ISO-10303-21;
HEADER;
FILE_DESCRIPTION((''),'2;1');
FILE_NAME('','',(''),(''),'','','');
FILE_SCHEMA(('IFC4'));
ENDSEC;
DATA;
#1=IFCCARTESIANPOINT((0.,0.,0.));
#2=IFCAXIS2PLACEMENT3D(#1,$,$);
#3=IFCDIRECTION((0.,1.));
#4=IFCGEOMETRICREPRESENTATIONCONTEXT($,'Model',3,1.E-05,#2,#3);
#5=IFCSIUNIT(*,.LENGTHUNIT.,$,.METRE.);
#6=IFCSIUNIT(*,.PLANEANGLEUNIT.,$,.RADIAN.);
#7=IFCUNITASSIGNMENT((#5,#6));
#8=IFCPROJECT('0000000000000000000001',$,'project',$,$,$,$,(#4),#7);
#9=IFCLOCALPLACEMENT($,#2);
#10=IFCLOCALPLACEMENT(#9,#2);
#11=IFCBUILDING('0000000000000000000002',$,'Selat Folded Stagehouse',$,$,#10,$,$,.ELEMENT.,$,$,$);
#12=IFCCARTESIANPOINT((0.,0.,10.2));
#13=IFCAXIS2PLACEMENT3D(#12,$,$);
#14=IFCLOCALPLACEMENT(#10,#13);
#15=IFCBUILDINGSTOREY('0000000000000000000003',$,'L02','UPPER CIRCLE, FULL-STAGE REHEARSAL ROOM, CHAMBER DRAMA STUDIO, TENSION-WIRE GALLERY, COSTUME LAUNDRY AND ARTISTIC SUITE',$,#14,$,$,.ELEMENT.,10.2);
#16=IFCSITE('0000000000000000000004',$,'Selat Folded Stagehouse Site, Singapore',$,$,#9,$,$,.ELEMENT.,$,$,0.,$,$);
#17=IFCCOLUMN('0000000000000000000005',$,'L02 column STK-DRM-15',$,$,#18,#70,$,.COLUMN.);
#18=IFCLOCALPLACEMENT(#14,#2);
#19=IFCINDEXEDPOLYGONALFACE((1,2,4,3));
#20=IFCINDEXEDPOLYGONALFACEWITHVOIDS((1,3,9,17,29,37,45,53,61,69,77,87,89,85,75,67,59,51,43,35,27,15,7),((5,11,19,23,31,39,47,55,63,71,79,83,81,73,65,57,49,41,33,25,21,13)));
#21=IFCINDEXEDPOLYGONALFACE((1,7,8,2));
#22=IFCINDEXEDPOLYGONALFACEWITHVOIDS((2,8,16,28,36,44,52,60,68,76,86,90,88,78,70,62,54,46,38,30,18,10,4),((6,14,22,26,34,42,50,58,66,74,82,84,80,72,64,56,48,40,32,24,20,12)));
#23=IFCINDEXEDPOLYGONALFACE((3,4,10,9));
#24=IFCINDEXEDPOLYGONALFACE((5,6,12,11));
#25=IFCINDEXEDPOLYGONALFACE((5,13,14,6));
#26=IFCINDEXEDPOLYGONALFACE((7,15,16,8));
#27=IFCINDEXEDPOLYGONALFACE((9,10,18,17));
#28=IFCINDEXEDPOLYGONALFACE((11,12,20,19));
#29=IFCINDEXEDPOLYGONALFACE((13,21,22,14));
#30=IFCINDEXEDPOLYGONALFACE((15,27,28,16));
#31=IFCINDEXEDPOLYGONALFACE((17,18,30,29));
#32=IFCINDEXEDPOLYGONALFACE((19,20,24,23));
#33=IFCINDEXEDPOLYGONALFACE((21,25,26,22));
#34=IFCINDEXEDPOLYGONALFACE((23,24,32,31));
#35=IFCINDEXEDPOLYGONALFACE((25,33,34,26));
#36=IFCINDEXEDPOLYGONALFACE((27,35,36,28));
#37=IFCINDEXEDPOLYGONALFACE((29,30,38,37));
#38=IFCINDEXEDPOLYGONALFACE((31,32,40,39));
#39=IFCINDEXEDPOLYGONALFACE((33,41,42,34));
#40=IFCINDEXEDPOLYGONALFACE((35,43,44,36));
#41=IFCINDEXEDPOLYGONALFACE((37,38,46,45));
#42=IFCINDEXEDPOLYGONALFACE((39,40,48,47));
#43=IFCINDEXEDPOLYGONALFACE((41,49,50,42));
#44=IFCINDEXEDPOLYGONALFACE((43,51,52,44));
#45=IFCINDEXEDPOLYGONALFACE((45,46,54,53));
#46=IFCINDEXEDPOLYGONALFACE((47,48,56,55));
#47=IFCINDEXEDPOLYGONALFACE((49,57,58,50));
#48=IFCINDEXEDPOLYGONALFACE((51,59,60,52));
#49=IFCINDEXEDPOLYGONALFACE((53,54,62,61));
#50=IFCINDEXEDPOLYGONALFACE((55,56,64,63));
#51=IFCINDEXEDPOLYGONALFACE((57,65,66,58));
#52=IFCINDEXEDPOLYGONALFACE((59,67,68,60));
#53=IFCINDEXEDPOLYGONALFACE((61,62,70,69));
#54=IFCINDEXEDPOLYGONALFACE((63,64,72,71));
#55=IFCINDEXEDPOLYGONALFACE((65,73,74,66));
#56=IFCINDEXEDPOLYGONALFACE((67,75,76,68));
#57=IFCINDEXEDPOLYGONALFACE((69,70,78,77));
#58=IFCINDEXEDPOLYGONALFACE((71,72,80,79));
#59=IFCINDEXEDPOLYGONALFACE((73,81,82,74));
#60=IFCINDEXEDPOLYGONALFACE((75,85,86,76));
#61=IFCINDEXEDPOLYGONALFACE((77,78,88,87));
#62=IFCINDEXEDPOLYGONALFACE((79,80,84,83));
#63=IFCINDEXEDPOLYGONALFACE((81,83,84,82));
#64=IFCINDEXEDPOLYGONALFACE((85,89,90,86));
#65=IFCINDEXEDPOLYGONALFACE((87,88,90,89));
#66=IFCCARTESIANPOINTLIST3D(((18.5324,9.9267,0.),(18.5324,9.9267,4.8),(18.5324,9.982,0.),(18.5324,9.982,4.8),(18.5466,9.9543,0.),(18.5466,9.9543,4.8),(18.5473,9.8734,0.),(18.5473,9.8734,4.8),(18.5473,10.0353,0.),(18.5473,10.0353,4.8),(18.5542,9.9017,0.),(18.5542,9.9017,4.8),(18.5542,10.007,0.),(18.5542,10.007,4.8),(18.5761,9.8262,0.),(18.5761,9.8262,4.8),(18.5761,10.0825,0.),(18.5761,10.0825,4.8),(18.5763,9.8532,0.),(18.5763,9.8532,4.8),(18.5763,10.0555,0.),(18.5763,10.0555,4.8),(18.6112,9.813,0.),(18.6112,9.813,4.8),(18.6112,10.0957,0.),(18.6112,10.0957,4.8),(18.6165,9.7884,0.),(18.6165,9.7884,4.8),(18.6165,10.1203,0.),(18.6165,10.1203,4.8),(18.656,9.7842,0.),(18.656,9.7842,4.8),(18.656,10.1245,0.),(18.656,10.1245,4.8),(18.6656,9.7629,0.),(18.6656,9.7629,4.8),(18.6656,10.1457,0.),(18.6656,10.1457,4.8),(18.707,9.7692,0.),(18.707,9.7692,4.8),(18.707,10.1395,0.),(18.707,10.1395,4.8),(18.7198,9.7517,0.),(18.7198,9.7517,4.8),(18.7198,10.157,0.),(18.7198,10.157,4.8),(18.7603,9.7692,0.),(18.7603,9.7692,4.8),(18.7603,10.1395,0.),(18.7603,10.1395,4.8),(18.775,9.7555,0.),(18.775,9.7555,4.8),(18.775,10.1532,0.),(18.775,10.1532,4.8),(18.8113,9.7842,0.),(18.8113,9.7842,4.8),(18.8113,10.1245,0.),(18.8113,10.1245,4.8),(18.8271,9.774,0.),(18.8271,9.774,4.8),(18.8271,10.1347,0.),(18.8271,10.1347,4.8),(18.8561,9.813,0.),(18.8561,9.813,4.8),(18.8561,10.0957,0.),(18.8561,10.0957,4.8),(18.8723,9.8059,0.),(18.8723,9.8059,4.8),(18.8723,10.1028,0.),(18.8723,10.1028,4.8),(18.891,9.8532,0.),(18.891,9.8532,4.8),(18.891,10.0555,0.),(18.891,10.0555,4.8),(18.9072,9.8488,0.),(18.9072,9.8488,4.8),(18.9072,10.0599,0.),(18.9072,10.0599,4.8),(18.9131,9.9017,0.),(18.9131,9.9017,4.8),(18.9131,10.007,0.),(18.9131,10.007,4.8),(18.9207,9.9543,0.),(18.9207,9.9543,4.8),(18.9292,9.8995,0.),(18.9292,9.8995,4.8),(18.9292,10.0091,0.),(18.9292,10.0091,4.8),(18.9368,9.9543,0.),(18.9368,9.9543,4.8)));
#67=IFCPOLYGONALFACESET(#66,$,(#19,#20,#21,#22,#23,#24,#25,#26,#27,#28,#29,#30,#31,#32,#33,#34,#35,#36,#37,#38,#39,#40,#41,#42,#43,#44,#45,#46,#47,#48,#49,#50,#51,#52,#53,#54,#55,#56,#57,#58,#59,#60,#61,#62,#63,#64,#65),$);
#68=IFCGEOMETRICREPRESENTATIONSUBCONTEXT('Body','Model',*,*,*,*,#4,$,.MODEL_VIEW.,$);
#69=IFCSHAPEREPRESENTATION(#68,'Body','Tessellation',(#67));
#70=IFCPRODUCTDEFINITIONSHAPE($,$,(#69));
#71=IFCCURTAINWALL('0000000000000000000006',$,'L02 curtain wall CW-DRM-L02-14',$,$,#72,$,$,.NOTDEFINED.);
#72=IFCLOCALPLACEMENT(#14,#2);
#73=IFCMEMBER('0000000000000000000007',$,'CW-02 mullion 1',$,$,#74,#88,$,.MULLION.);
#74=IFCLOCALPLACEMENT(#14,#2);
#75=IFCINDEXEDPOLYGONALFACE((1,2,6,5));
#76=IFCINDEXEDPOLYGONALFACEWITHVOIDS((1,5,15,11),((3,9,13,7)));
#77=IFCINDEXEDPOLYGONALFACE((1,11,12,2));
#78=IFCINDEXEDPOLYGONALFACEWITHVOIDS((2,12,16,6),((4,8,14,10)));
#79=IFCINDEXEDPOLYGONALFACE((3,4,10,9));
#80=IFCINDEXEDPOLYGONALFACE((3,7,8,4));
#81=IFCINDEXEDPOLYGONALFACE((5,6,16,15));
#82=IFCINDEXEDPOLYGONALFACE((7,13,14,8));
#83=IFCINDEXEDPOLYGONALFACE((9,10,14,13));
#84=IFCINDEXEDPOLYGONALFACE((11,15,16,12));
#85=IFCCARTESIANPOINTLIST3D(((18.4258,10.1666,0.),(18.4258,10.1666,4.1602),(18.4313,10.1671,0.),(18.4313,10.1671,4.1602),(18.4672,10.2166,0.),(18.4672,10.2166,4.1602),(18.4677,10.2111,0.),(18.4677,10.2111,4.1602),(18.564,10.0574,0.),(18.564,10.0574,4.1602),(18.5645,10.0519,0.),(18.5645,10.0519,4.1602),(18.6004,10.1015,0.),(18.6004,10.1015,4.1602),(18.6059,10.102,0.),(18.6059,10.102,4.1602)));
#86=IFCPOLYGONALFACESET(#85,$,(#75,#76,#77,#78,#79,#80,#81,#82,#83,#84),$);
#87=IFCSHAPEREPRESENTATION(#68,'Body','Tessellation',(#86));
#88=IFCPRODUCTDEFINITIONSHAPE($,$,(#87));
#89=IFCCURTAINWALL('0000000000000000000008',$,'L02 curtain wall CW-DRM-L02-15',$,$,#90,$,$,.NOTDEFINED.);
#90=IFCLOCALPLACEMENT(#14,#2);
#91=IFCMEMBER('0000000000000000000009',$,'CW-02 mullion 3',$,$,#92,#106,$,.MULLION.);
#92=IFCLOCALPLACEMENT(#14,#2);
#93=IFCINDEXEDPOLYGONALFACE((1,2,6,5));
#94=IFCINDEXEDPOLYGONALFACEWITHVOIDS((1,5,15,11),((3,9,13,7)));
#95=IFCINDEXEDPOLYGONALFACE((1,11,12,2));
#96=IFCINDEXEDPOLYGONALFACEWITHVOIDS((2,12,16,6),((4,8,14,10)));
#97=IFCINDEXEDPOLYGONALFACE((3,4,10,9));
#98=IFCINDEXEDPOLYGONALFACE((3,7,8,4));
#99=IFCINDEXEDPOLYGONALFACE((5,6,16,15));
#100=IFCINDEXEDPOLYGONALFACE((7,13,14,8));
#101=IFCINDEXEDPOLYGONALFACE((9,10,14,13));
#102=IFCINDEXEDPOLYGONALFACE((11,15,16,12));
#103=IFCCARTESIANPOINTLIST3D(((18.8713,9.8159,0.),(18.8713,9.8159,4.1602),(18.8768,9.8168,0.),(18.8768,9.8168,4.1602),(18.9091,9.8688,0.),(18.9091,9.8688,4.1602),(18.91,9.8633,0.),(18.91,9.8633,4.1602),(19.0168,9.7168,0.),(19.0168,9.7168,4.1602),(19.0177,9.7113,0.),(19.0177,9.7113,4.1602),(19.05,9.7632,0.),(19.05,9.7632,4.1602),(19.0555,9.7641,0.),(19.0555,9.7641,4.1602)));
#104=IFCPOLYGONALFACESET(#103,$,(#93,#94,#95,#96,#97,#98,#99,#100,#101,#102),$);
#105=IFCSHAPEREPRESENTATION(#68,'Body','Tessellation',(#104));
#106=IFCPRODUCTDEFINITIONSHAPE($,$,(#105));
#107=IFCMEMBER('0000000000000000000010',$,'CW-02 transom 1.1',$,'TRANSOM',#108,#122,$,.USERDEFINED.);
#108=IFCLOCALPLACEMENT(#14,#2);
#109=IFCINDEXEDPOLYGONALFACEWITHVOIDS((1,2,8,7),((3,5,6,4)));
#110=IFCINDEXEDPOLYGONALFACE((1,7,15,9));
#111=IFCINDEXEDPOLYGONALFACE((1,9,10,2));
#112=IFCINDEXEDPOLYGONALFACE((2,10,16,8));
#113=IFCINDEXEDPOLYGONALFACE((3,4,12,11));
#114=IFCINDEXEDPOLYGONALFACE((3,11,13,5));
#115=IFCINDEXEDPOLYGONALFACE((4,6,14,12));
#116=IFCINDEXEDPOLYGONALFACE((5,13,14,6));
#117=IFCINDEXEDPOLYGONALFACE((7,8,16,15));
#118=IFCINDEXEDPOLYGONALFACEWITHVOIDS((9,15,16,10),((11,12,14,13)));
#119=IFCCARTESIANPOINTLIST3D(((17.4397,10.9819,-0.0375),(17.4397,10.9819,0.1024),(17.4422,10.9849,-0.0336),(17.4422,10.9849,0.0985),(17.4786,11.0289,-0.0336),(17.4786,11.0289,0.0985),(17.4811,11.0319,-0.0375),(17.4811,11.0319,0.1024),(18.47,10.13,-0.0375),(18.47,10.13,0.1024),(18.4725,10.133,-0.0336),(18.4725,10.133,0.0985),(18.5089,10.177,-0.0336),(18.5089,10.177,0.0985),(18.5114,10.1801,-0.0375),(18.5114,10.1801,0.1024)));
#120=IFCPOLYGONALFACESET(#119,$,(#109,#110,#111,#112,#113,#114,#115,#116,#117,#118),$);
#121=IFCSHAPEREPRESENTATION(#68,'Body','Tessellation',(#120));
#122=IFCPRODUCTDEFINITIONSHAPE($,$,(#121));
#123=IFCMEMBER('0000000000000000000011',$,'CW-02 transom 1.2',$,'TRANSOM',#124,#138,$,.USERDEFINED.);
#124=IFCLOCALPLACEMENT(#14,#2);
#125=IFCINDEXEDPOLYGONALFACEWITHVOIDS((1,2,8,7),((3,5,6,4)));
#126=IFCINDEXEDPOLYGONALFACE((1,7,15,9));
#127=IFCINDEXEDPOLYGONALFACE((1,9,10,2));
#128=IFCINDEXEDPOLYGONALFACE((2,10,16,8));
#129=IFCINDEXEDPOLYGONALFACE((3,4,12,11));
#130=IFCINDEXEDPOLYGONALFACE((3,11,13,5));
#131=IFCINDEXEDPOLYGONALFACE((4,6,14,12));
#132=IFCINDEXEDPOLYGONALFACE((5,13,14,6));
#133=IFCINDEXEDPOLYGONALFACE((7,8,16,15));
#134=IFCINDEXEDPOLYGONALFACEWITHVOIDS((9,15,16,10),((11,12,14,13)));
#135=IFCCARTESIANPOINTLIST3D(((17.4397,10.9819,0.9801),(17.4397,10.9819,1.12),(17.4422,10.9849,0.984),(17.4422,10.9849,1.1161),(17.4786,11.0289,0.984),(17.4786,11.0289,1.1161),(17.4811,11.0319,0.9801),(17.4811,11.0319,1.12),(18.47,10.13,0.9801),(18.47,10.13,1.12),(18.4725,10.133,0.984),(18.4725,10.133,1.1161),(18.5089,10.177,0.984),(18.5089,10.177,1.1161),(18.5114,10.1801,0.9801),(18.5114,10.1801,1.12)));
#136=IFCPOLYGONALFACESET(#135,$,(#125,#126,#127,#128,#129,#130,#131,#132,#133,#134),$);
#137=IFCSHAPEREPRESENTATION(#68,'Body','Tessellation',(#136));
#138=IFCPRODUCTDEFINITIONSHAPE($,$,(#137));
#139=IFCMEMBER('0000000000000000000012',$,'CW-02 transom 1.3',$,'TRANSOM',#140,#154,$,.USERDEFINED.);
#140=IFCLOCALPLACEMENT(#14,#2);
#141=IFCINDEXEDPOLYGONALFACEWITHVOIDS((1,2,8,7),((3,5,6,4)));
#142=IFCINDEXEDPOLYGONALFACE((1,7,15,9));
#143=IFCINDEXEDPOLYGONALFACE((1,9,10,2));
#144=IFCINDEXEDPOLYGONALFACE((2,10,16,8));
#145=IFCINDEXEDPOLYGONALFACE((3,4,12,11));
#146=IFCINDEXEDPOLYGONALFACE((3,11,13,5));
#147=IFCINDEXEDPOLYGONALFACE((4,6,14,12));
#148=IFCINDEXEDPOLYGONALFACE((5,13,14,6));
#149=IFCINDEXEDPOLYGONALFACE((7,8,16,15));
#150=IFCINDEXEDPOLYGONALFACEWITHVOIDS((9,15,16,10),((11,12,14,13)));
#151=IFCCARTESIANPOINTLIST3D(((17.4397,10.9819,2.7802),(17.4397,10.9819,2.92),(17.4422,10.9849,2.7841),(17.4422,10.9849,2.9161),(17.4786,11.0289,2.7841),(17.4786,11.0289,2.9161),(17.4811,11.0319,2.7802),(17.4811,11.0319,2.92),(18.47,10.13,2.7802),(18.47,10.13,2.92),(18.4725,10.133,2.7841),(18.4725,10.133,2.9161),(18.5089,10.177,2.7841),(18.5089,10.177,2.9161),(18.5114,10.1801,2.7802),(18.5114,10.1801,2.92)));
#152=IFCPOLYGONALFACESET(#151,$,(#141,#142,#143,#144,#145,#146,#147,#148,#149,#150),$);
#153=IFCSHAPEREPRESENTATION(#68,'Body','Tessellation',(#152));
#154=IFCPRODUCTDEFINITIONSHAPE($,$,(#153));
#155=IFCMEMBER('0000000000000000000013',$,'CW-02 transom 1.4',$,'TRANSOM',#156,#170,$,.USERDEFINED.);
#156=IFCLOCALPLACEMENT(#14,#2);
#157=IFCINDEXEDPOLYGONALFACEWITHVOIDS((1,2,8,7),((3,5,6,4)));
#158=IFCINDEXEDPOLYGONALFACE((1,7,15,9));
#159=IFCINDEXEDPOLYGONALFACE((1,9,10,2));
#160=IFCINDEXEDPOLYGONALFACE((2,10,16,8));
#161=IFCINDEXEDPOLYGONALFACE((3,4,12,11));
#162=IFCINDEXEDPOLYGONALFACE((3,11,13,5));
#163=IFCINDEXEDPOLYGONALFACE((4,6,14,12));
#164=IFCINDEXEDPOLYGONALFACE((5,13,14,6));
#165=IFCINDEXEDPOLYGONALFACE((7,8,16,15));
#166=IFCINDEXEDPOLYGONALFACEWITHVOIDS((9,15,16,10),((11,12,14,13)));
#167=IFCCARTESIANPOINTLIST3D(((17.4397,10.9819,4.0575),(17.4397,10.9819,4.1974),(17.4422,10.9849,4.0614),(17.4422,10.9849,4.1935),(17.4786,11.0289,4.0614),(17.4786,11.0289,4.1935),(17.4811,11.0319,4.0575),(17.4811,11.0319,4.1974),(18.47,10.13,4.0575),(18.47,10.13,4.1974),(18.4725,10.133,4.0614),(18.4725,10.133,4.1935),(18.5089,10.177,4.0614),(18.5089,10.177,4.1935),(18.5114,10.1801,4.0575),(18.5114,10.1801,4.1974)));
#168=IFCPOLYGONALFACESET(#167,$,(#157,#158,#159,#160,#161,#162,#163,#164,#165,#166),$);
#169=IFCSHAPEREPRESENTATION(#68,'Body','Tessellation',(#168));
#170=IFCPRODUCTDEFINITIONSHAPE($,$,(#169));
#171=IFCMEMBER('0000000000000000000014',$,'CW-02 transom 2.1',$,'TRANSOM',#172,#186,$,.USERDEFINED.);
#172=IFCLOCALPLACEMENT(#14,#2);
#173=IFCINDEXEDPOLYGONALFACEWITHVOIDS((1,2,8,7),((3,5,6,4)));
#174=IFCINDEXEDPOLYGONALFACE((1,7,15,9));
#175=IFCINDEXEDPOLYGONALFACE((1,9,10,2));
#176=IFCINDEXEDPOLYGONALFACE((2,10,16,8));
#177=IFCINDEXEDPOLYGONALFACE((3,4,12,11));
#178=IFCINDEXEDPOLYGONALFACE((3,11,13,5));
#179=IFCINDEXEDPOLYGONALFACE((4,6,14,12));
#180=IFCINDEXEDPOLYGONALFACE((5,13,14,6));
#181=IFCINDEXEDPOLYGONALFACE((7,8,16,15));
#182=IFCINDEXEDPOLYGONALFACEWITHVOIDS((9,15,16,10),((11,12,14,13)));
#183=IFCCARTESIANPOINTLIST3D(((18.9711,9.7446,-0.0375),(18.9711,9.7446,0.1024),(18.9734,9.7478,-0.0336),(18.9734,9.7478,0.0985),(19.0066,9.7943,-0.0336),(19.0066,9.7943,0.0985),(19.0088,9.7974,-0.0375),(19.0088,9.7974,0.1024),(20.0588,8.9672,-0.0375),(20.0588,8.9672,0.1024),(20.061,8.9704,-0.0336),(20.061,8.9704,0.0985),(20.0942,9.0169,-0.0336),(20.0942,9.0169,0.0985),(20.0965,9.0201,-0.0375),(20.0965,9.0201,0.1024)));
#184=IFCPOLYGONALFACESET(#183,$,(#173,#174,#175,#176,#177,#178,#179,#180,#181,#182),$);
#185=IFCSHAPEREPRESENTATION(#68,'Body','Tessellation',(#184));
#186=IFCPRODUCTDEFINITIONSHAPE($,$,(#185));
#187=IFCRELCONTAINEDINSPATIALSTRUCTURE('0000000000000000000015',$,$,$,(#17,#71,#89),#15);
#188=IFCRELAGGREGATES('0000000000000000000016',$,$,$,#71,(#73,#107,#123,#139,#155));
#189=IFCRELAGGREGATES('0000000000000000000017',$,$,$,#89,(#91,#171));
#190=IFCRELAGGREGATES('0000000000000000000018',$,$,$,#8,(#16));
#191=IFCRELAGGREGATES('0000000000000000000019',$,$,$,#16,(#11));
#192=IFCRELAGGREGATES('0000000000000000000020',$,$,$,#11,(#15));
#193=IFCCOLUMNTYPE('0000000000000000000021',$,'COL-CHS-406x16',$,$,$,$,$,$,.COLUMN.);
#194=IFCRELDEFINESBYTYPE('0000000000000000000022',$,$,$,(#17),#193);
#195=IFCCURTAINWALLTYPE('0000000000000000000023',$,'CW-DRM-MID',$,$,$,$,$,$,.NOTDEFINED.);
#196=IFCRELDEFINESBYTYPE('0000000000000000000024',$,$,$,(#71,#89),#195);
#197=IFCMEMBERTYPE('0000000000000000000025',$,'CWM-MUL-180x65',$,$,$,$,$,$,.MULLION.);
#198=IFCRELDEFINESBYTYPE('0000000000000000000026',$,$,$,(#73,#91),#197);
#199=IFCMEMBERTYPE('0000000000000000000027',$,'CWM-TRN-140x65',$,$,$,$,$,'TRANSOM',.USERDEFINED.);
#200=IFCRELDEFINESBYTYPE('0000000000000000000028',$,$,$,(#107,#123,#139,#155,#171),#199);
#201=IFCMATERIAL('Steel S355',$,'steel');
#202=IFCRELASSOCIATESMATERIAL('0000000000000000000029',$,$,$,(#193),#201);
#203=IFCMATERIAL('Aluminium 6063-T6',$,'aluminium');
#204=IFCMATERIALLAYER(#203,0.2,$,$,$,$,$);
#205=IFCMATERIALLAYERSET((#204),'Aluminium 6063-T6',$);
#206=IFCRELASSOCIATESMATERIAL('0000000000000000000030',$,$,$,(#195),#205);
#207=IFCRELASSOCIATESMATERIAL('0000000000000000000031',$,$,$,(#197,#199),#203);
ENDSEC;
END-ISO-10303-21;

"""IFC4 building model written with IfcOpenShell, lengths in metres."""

from ifc_helpers import new_model, si_unit, direction, frame, origin, origin_2d, place, context, subcontext, project, spatial, hollow_rectangle, hollow_circle, extrude, material, layer, layer_set, material_profile, profile_set, type_object, element, aggregate, save


model = new_model("IFC4")

# Units and contexts
model_context = context("Model", 3, precision=1e-05, world=origin(), true_north=direction((0.0, 1.0)))
body_context = subcontext(model_context, "Body", "Model", "MODEL_VIEW")
ifc_project = project(units=[si_unit("LENGTHUNIT", "METRE"), si_unit("PLANEANGLEUNIT", "RADIAN")], contexts=[model_context])

# Site, building, storey
site_placement = place(None, origin())
site = spatial("IfcSite", under=ifc_project, at=site_placement, Name="Selat Folded Stagehouse Site, Singapore", CompositionType="ELEMENT", RefElevation=0.0)
building_placement = place(site_placement, origin())
building = spatial("IfcBuilding", under=site, at=building_placement, Name="Selat Folded Stagehouse", CompositionType="ELEMENT")
storey_placement = place(building_placement, frame((0.0, 0.0, 10.2)))
storey = spatial("IfcBuildingStorey", under=building, at=storey_placement, Name="L02", Description="UPPER CIRCLE, FULL-STAGE REHEARSAL ROOM, CHAMBER DRAMA STUDIO, TENSION-WIRE GALLERY, COSTUME LAUNDRY AND ARTISTIC SUITE", CompositionType="ELEMENT", Elevation=10.2)

# Column
ifc_material_1 = material(Name="Steel S355", Category="steel")
ifc_material_profile_1 = material_profile(ifc_material_1, hollow_circle(Radius=0.2031, WallThickness=0.0161, at=origin_2d()), Name="CHS 406.4x16.0")
ifc_profile_set_1 = profile_set([ifc_material_profile_1], Name="Steel S355")
column_type = type_object("IfcColumnType", Name="COL-CHS-406x16", PredefinedType="COLUMN", material=ifc_profile_set_1)
column_placement = place(storey_placement, frame((18.7336, 9.9543, 0.0), z_axis=(0.0, 0.0, 1.0), x_axis=(1.0, 0.0, 0.0)))
element("IfcColumn", 1, at=column_placement, inside=storey, type_object=column_type, Name="L02 column STK-DRM-15", PredefinedType="COLUMN", context=body_context, shape_type="SweptSolid", body=[
    extrude(hollow_circle(Radius=0.2031, WallThickness=0.0161, at=origin_2d()), origin(), (0.0, 0.0, 1.0), 4.8),
])

# Curtain walls, members
ifc_material_2 = material(Name="Aluminium 6063-T6", Category="aluminium")
ifc_layer_1 = layer(ifc_material_2, 0.2)
ifc_layer_set_1 = layer_set([ifc_layer_1], Name="Aluminium 6063-T6")
curtain_wall_type = type_object("IfcCurtainWallType", Name="CW-DRM-MID", PredefinedType="NOTDEFINED", material=ifc_layer_set_1)
curtain_wall_1_placement = place(storey_placement, origin())
curtain_wall_1 = element("IfcCurtainWall", 2, at=curtain_wall_1_placement, inside=storey, type_object=curtain_wall_type, Name="L02 curtain wall CW-DRM-L02-14", PredefinedType="NOTDEFINED")
ifc_material_profile_2 = material_profile(ifc_material_2, hollow_rectangle(XDim=0.0649, YDim=0.1799, WallThickness=0.0039, at=origin_2d()), Name="ALU 180x65x4.0")
ifc_profile_set_2 = profile_set([ifc_material_profile_2], Name="Aluminium 6063-T6")
member_type_1 = type_object("IfcMemberType", Name="CWM-MUL-180x65", PredefinedType="MULLION", material=ifc_profile_set_2)
member_1_placement = place(storey_placement, frame((18.5159, 10.1343, 0.0), z_axis=(0.0, 0.0, 1.0), x_axis=(-0.637142, -0.770747, 0.0)))
member_1 = element("IfcMember", 3, at=member_1_placement, type_object=member_type_1, Name="CW-02 mullion 1", PredefinedType="MULLION", context=body_context, shape_type="SweptSolid", body=[
    extrude(hollow_rectangle(XDim=0.0649, YDim=0.1799, WallThickness=0.0039, at=origin_2d()), origin(), (0.0, 0.0, 1.0), 4.1602),
])
curtain_wall_2_placement = place(storey_placement, origin())
curtain_wall_2 = element("IfcCurtainWall", 4, at=curtain_wall_2_placement, inside=storey, type_object=curtain_wall_type, Name="L02 curtain wall CW-DRM-L02-15", PredefinedType="NOTDEFINED")
member_2_placement = place(storey_placement, frame((18.9634, 9.79, 0.0), z_axis=(0.0, 0.0, 1.0), x_axis=(-0.581528, -0.813526, 0.0)))
member_2 = element("IfcMember", 5, at=member_2_placement, type_object=member_type_1, Name="CW-02 mullion 3", PredefinedType="MULLION", context=body_context, shape_type="SweptSolid", body=[
    extrude(hollow_rectangle(XDim=0.0649, YDim=0.1799, WallThickness=0.0039, at=origin_2d()), origin(), (0.0, 0.0, 1.0), 4.1602),
])

# Members
ifc_material_profile_3 = material_profile(ifc_material_2, hollow_rectangle(XDim=0.0649, YDim=0.1399, WallThickness=0.0039, at=origin_2d()), Name="ALU 140x65x4.0")
ifc_profile_set_3 = profile_set([ifc_material_profile_3], Name="Aluminium 6063-T6")
member_type_2 = type_object("IfcMemberType", Name="CWM-TRN-140x65", ElementType="TRANSOM", PredefinedType="USERDEFINED", material=ifc_profile_set_3)
member_3_placement = place(storey_placement, frame((18.4907, 10.155, 0.0325), z_axis=(-0.7707, 0.637198, 0.0), x_axis=(-0.637198, -0.7707, 0.0)))
member_3 = element("IfcMember", 6, at=member_3_placement, type_object=member_type_2, Name="CW-02 transom 1.1", ObjectType="TRANSOM", PredefinedType="USERDEFINED", context=body_context, shape_type="SweptSolid", body=[
    extrude(hollow_rectangle(XDim=0.0649, YDim=0.1399, WallThickness=0.0039, at=origin_2d()), origin(), (0.0, 0.0, 1.0), 1.3369),
])
member_4_placement = place(storey_placement, frame((18.4907, 10.155, 1.05), z_axis=(-0.7707, 0.637198, 0.0), x_axis=(-0.637198, -0.7707, 0.0)))
member_4 = element("IfcMember", 7, at=member_4_placement, type_object=member_type_2, Name="CW-02 transom 1.2", ObjectType="TRANSOM", PredefinedType="USERDEFINED", context=body_context, shape_type="SweptSolid", body=[
    extrude(hollow_rectangle(XDim=0.0649, YDim=0.1399, WallThickness=0.0039, at=origin_2d()), origin(), (0.0, 0.0, 1.0), 1.3369),
])
member_5_placement = place(storey_placement, frame((18.4907, 10.155, 2.8501), z_axis=(-0.7707, 0.637198, 0.0), x_axis=(-0.637198, -0.7707, 0.0)))
member_5 = element("IfcMember", 8, at=member_5_placement, type_object=member_type_2, Name="CW-02 transom 1.3", ObjectType="TRANSOM", PredefinedType="USERDEFINED", context=body_context, shape_type="SweptSolid", body=[
    extrude(hollow_rectangle(XDim=0.0649, YDim=0.1399, WallThickness=0.0039, at=origin_2d()), origin(), (0.0, 0.0, 1.0), 1.3369),
])
member_6_placement = place(storey_placement, frame((18.4907, 10.155, 4.1274), z_axis=(-0.7707, 0.637198, 0.0), x_axis=(-0.637198, -0.7707, 0.0)))
member_6 = element("IfcMember", 9, at=member_6_placement, type_object=member_type_2, Name="CW-02 transom 1.4", ObjectType="TRANSOM", PredefinedType="USERDEFINED", context=body_context, shape_type="SweptSolid", body=[
    extrude(hollow_rectangle(XDim=0.0649, YDim=0.1399, WallThickness=0.0039, at=origin_2d()), origin(), (0.0, 0.0, 1.0), 1.3369),
])
member_7_placement = place(storey_placement, frame((20.0776, 8.9937, 0.0325), z_axis=(-0.813573, 0.581463, 0.0), x_axis=(-0.581463, -0.813573, 0.0)))
member_7 = element("IfcMember", 10, at=member_7_placement, type_object=member_type_2, Name="CW-02 transom 2.1", ObjectType="TRANSOM", PredefinedType="USERDEFINED", context=body_context, shape_type="SweptSolid", body=[
    extrude(hollow_rectangle(XDim=0.0649, YDim=0.1399, WallThickness=0.0039, at=origin_2d()), origin(), (0.0, 0.0, 1.0), 1.3369),
])

aggregate(curtain_wall_1, [member_1, member_3, member_4, member_5, member_6])
aggregate(curtain_wall_2, [member_2, member_7])

save(model, "model.ifc")
